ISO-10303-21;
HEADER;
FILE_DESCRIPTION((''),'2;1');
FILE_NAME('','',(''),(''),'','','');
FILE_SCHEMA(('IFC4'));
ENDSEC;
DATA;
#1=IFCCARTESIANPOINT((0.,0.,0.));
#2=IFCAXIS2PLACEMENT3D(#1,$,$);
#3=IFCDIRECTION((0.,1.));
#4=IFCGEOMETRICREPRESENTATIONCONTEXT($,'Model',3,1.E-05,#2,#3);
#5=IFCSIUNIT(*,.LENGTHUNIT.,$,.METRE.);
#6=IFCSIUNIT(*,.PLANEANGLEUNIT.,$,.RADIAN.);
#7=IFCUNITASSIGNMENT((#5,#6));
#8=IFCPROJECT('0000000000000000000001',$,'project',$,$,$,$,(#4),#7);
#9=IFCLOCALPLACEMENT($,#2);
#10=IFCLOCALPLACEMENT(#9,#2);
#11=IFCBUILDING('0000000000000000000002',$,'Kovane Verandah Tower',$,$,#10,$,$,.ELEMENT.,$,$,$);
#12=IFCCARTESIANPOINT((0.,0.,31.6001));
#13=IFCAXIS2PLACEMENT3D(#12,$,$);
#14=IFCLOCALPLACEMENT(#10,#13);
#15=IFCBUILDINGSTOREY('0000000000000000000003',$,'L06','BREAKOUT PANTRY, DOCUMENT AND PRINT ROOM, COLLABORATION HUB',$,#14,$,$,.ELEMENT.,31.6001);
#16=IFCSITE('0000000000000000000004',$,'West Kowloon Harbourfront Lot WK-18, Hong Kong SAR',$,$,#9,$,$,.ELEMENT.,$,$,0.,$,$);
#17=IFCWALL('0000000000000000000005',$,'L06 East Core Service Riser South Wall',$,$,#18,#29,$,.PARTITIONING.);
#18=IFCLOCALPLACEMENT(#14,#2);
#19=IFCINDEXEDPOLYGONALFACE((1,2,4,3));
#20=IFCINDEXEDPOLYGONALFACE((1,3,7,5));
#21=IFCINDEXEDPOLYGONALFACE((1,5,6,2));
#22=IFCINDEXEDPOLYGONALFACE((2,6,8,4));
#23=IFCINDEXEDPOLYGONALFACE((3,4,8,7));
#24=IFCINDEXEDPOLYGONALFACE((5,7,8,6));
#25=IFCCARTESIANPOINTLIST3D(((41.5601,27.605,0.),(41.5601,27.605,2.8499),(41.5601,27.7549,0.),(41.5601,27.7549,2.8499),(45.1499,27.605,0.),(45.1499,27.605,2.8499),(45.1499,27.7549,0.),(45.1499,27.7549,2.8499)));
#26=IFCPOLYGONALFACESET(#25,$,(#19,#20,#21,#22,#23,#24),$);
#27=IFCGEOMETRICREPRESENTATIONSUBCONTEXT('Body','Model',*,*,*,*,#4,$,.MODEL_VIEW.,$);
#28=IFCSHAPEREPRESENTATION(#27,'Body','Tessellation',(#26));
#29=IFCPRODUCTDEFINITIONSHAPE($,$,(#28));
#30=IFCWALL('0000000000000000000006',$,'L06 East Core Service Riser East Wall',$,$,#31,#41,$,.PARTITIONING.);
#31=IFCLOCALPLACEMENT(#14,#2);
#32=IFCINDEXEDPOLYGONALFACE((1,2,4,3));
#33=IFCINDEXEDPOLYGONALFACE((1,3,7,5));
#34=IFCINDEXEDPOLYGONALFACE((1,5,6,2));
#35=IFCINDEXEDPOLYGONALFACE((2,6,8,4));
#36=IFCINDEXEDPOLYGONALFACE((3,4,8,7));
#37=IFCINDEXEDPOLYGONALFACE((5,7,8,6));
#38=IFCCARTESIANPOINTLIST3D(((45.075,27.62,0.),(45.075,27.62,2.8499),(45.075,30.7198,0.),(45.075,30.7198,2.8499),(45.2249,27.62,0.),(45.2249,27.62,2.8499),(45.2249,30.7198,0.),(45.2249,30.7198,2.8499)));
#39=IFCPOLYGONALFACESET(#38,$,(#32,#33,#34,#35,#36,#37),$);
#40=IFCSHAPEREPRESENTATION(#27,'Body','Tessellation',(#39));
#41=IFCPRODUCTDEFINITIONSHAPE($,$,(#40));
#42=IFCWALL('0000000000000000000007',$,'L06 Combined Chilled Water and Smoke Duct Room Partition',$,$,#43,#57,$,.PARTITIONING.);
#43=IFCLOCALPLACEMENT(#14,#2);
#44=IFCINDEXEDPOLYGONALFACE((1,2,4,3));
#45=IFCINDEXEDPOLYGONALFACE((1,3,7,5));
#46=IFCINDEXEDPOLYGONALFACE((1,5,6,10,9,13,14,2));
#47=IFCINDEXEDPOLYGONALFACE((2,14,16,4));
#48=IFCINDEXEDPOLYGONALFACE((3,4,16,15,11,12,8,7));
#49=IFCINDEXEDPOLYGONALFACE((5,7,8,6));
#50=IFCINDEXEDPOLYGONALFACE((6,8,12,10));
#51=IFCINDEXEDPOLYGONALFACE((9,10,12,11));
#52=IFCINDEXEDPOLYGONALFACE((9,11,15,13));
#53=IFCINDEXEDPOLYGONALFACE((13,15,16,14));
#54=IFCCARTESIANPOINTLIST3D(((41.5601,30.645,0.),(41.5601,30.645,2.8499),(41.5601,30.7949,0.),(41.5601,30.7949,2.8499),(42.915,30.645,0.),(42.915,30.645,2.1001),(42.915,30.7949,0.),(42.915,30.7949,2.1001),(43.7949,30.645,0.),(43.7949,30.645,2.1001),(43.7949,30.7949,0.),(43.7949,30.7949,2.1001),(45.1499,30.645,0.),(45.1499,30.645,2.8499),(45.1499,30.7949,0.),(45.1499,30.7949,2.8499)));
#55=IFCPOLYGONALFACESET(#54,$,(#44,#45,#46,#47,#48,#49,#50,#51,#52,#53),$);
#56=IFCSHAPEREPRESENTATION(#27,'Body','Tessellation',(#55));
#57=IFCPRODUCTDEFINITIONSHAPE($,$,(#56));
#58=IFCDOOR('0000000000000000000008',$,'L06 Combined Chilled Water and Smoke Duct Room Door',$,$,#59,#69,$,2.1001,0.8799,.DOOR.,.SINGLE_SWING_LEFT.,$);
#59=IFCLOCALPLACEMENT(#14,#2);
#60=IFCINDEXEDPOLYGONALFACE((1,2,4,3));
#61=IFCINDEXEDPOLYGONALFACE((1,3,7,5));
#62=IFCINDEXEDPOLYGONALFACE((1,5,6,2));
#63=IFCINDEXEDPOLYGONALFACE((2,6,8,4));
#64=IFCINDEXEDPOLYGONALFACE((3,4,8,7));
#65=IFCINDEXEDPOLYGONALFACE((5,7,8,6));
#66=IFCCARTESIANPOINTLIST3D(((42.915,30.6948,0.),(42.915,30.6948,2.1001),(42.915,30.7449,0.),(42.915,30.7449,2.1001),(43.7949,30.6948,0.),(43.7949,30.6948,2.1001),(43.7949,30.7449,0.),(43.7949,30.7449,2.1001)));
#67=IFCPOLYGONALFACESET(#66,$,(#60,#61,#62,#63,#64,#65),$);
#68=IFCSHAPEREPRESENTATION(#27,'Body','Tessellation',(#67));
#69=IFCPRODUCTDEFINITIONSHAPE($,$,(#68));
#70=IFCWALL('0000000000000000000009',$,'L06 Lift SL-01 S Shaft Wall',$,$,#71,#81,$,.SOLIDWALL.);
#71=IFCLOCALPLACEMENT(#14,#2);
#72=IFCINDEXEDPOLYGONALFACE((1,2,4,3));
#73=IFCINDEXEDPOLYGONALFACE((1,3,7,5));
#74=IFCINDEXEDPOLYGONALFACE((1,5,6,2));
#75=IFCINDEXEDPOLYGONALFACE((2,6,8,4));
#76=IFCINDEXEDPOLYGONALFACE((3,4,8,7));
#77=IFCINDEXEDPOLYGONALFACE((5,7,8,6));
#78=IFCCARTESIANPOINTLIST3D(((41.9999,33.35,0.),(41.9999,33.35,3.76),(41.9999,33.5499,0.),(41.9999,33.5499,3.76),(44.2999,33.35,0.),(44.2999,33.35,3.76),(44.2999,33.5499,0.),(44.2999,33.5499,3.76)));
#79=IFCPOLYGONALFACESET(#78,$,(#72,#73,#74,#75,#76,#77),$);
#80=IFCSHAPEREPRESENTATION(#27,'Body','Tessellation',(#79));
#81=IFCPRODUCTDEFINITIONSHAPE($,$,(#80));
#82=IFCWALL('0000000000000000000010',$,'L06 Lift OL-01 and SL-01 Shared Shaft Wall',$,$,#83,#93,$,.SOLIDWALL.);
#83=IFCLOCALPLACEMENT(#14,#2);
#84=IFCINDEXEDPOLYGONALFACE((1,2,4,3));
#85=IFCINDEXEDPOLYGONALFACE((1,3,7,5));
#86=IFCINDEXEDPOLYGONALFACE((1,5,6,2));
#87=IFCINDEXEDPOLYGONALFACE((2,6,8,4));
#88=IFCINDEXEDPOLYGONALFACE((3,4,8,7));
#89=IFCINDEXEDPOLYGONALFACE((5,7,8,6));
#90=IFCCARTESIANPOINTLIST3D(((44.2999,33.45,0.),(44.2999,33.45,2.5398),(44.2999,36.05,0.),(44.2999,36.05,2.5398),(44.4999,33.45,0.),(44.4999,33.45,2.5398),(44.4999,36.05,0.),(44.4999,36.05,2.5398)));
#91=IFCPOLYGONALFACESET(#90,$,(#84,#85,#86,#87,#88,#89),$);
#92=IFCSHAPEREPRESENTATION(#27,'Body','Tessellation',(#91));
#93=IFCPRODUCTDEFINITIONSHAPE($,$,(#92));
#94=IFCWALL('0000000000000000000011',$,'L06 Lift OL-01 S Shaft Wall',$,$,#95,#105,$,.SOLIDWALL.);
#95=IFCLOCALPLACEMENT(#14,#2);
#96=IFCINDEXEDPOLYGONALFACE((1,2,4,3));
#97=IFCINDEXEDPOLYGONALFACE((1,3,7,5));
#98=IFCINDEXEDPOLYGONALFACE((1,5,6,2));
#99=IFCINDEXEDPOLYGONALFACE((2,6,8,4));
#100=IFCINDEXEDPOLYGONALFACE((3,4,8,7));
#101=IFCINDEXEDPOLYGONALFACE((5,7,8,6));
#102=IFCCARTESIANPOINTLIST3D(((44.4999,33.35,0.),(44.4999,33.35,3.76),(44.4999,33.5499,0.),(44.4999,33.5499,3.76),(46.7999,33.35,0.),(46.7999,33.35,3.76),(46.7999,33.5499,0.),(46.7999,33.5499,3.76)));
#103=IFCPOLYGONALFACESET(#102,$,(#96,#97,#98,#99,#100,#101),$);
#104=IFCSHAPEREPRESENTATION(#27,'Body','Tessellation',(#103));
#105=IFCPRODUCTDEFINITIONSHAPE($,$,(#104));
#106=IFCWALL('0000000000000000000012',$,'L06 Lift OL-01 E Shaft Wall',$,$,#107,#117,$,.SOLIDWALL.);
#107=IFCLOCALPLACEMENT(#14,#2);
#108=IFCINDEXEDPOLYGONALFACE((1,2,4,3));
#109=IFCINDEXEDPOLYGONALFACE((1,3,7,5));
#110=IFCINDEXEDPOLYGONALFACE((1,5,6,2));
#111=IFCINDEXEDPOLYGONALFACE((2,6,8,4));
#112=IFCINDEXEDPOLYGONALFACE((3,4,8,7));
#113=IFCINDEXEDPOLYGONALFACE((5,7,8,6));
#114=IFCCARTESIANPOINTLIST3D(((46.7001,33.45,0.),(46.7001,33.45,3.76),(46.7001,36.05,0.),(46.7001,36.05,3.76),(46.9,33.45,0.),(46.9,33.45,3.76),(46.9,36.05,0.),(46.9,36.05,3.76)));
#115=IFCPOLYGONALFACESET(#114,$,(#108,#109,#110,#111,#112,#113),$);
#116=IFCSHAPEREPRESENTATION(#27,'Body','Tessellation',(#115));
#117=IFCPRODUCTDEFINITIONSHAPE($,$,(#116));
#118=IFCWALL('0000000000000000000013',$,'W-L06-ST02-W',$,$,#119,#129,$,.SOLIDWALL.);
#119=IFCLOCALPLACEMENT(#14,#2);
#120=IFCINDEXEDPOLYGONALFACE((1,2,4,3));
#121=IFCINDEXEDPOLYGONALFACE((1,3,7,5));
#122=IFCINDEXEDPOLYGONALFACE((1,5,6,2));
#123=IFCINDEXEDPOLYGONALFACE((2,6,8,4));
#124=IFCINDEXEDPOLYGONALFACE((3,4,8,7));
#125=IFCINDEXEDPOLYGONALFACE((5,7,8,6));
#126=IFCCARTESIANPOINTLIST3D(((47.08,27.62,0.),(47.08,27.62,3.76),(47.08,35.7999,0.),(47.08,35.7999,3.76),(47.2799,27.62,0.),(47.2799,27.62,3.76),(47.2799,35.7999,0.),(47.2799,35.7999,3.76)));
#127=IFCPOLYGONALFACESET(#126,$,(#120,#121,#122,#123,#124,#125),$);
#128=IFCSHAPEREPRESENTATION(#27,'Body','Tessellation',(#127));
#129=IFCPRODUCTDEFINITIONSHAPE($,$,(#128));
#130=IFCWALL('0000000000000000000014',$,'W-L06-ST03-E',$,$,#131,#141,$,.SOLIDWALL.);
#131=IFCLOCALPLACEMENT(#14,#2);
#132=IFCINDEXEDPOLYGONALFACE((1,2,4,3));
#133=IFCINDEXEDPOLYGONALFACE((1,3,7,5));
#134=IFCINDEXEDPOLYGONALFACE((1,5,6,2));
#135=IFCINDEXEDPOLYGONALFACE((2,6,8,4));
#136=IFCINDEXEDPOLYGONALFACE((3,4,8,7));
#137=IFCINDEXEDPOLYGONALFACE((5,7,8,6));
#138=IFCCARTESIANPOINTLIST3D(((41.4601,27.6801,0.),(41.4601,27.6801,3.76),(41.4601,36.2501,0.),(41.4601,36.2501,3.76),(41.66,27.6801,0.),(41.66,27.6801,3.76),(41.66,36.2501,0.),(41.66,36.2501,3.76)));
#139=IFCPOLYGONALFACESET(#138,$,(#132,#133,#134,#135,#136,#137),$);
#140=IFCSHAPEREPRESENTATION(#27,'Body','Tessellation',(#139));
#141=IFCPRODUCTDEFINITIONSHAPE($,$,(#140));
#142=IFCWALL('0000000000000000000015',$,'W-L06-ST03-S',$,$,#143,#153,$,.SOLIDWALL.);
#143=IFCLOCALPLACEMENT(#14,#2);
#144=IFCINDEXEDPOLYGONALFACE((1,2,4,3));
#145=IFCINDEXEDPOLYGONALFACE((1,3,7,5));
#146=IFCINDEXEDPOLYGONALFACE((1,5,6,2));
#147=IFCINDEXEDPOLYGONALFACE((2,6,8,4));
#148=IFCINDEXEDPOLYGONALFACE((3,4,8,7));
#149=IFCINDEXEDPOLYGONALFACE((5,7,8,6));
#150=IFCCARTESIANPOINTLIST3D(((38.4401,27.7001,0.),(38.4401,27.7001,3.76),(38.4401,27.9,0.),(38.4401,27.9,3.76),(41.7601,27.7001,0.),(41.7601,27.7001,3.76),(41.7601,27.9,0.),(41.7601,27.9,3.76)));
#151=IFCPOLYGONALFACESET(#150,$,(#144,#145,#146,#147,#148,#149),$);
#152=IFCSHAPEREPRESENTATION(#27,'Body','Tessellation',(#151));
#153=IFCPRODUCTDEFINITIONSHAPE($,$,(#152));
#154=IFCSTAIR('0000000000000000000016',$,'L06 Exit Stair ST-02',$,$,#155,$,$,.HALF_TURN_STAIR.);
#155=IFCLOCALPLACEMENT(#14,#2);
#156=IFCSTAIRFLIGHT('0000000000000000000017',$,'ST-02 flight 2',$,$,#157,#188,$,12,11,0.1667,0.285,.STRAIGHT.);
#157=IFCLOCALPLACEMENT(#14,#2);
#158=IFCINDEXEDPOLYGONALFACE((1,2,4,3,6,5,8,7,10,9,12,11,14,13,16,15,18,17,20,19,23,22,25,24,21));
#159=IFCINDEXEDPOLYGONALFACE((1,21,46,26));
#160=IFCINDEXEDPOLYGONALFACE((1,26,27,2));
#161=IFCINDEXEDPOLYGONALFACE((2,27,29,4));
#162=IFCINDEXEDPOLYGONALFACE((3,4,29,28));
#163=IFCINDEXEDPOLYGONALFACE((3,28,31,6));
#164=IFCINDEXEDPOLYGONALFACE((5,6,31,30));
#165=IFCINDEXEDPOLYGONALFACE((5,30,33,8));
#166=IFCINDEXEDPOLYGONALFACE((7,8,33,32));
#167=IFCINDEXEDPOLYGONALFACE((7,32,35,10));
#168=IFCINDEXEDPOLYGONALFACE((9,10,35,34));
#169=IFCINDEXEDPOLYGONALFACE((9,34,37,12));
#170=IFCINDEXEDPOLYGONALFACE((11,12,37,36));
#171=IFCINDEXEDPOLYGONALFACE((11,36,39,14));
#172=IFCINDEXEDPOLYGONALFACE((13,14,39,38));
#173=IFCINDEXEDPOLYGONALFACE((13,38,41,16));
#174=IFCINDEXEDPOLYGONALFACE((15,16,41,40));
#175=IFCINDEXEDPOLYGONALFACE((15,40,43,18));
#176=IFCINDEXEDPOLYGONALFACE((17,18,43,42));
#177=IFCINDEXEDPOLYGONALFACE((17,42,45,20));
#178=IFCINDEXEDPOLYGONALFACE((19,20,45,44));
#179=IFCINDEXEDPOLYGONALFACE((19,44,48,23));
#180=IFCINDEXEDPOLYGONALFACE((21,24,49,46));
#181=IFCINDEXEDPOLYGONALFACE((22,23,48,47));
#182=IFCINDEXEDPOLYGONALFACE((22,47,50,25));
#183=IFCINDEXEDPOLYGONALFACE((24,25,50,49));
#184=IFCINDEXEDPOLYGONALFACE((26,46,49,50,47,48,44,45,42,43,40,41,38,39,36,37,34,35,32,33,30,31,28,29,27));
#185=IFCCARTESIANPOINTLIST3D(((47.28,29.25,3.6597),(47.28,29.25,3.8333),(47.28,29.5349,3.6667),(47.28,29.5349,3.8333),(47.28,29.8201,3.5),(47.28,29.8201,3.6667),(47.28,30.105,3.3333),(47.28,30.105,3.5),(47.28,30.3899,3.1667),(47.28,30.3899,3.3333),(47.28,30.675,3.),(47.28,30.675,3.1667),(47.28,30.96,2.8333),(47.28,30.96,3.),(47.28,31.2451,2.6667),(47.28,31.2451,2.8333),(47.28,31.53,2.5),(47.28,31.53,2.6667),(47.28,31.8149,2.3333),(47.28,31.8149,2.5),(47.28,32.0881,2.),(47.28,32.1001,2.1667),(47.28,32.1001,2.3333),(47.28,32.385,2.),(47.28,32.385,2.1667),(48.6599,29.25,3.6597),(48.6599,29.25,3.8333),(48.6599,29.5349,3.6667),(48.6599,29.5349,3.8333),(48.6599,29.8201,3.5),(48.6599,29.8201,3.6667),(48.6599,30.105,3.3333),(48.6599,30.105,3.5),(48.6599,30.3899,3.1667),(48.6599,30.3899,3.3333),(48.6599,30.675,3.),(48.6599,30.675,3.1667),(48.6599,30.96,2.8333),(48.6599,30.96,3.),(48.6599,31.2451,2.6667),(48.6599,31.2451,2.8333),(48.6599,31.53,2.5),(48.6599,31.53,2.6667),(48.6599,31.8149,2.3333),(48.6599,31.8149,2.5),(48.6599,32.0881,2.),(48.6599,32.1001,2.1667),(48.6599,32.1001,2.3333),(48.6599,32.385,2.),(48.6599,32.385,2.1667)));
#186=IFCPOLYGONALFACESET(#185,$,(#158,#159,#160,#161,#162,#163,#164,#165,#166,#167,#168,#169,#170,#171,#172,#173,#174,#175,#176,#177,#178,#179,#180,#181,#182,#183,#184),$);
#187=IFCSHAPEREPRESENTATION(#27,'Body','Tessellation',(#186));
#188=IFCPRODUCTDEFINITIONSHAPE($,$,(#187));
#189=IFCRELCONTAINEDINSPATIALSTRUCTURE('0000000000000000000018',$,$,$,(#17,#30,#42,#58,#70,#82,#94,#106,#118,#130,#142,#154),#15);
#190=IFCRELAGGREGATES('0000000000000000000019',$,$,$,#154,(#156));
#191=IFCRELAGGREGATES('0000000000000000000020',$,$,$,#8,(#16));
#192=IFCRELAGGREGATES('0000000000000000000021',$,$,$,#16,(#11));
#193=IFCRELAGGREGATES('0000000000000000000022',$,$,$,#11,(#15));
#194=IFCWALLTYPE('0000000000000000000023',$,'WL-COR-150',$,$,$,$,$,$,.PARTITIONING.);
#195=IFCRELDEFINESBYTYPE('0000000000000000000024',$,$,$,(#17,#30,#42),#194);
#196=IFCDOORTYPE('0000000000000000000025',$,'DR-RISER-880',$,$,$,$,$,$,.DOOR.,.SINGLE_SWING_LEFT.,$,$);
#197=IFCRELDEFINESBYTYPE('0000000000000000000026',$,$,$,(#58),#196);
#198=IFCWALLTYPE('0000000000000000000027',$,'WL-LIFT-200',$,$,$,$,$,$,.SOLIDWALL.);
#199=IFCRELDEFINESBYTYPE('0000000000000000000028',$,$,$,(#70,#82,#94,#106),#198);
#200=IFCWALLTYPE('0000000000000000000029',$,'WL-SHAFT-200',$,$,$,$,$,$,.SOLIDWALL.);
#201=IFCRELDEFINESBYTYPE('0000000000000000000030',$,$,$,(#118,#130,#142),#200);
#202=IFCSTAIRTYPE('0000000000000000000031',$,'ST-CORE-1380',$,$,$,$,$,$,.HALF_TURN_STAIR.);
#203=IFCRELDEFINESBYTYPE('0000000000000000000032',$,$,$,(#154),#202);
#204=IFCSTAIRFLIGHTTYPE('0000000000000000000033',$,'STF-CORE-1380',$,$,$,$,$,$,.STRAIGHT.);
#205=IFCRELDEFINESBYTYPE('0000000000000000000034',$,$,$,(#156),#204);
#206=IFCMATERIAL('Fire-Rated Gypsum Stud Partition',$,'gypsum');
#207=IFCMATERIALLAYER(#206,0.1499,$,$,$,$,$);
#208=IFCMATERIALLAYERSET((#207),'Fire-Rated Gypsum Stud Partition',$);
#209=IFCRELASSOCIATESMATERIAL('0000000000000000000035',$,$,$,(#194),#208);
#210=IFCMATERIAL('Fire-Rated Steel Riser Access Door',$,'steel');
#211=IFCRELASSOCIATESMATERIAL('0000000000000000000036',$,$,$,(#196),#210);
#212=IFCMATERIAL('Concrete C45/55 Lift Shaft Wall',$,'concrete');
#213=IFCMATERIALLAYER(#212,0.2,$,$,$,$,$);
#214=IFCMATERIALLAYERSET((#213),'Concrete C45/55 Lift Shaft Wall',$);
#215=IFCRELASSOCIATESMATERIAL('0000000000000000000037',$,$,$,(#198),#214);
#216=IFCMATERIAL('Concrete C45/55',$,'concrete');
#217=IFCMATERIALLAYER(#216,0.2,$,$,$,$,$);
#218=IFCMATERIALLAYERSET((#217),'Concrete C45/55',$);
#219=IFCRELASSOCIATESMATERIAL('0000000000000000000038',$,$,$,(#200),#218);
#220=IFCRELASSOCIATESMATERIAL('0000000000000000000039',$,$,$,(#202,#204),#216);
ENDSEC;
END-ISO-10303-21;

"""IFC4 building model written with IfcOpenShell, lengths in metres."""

from ifc_helpers import new_model, si_unit, direction, frame, frame_2d, origin, place, context, subcontext, project, spatial, polyline, rectangle, outline, extrude, material, layer, layer_set, type_object, element, fill, aggregate, save


model = new_model("IFC4")

# Units and contexts
model_context = context("Model", 3, precision=1e-05, world=origin(), true_north=direction((0.0, 1.0)))
body_context = subcontext(model_context, "Body", "Model", "MODEL_VIEW")
ifc_project = project(units=[si_unit("LENGTHUNIT", "METRE"), si_unit("PLANEANGLEUNIT", "RADIAN")], contexts=[model_context])

# Site, building, storey
site_placement = place(None, origin())
site = spatial("IfcSite", under=ifc_project, at=site_placement, Name="West Kowloon Harbourfront Lot WK-18, Hong Kong SAR", CompositionType="ELEMENT", RefElevation=0.0)
building_placement = place(site_placement, origin())
building = spatial("IfcBuilding", under=site, at=building_placement, Name="Kovane Verandah Tower", CompositionType="ELEMENT")
storey_placement = place(building_placement, frame((0.0, 0.0, 31.6001)))
storey = spatial("IfcBuildingStorey", under=building, at=storey_placement, Name="L06", Description="BREAKOUT PANTRY, DOCUMENT AND PRINT ROOM, COLLABORATION HUB", CompositionType="ELEMENT", Elevation=31.6001)

# Walls
ifc_material_1 = material(Name="Fire-Rated Gypsum Stud Partition", Category="gypsum")
ifc_layer_1 = layer(ifc_material_1, 0.1499)
ifc_layer_set_1 = layer_set([ifc_layer_1], Name="Fire-Rated Gypsum Stud Partition")
wall_type_1 = type_object("IfcWallType", Name="WL-COR-150", PredefinedType="PARTITIONING", material=ifc_layer_set_1)
wall_1_placement = place(storey_placement, frame((41.5601, 27.6799, 0.0), z_axis=(0.0, 0.0, 1.0), x_axis=(1.0, 0.0, 0.0)))
element("IfcWall", 1, at=wall_1_placement, inside=storey, type_object=wall_type_1, Name="L06 East Core Service Riser South Wall", PredefinedType="PARTITIONING", context=body_context, shape_type="SweptSolid", body=[
    extrude(rectangle(XDim=3.5898, YDim=0.1499, at=frame_2d((1.7949, 0.0))), origin(), (0.0, 0.0, 1.0), 2.8499),
])
wall_2_placement = place(storey_placement, frame((45.1499, 27.6201, 0.0), z_axis=(0.0, 0.0, 1.0), x_axis=(0.0, 1.0, 0.0)))
element("IfcWall", 2, at=wall_2_placement, inside=storey, type_object=wall_type_1, Name="L06 East Core Service Riser East Wall", PredefinedType="PARTITIONING", context=body_context, shape_type="SweptSolid", body=[
    extrude(rectangle(XDim=3.0999, YDim=0.1499, at=frame_2d((1.5498, 0.0))), origin(), (0.0, 0.0, 1.0), 2.8499),
])

# Wall, opening, door
wall_3_placement = place(storey_placement, frame((41.5601, 30.72, 0.0), z_axis=(0.0, 0.0, 1.0), x_axis=(1.0, 0.0, 0.0)))
wall_3 = element("IfcWall", 3, at=wall_3_placement, inside=storey, type_object=wall_type_1, Name="L06 Combined Chilled Water and Smoke Duct Room Partition", PredefinedType="PARTITIONING", context=body_context, shape_type="SweptSolid", body=[
    extrude(rectangle(XDim=3.5898, YDim=0.1499, at=frame_2d((1.7949, 0.0))), origin(), (0.0, 0.0, 1.0), 2.8499),
])
opening_1_placement = place(wall_3_placement, frame((1.355, 0.0, 0.0)))
opening_1 = element("IfcOpeningElement", 4, at=opening_1_placement, cuts=wall_3, PredefinedType="OPENING", context=body_context, shape_type="SweptSolid", body=[
    extrude(rectangle(XDim=0.8799, YDim=2.1001, at=frame_2d((0.4399, 1.05))), frame((0.0, 0.075, 0.0), z_axis=(0.0, -1.0, 0.0), x_axis=(1.0, 0.0, 0.0)), (0.0, 0.0, 1.0), 0.1499),
])
ifc_material_2 = material(Name="Fire-Rated Steel Riser Access Door", Category="steel")
door_type_1 = type_object("IfcDoorType", Name="DR-RISER-880", OperationType="SINGLE_SWING_LEFT", PredefinedType="DOOR", material=ifc_material_2)
door_1_placement = place(opening_1_placement, origin())
door_1 = element("IfcDoor", 5, at=door_1_placement, inside=storey, type_object=door_type_1, Name="L06 Combined Chilled Water and Smoke Duct Room Door", OperationType="SINGLE_SWING_LEFT", OverallHeight=2.1001, OverallWidth=0.8799, PredefinedType="DOOR", context=body_context, shape_type="SweptSolid", body=[
    extrude(rectangle(XDim=0.8799, YDim=2.1001, at=frame_2d((0.4399, 1.05))), frame((0.0, 0.0249, 0.0), z_axis=(0.0, -1.0, 0.0), x_axis=(1.0, 0.0, 0.0)), (0.0, 0.0, 1.0), 0.05),
])
fill(opening_1, door_1)

# Walls
ifc_material_3 = material(Name="Concrete C45/55 Lift Shaft Wall", Category="concrete")
ifc_layer_2 = layer(ifc_material_3, 0.2)
ifc_layer_set_2 = layer_set([ifc_layer_2], Name="Concrete C45/55 Lift Shaft Wall")
wall_type_2 = type_object("IfcWallType", Name="WL-LIFT-200", PredefinedType="SOLIDWALL", material=ifc_layer_set_2)
wall_4_placement = place(storey_placement, frame((42.0, 33.45, 0.0), z_axis=(0.0, 0.0, 1.0), x_axis=(1.0, 0.0, 0.0)))
element("IfcWall", 6, at=wall_4_placement, inside=storey, type_object=wall_type_2, Name="L06 Lift SL-01 S Shaft Wall", PredefinedType="SOLIDWALL", context=body_context, shape_type="SweptSolid", body=[
    extrude(rectangle(XDim=2.3, YDim=0.2, at=frame_2d((1.1499, 0.0))), origin(), (0.0, 0.0, 1.0), 3.76),
])
wall_5_placement = place(storey_placement, frame((44.3999, 33.45, 0.0), z_axis=(0.0, 0.0, 1.0), x_axis=(0.0, 1.0, 0.0)))
element("IfcWall", 7, at=wall_5_placement, inside=storey, type_object=wall_type_2, Name="L06 Lift OL-01 and SL-01 Shared Shaft Wall", PredefinedType="SOLIDWALL", context=body_context, shape_type="SweptSolid", body=[
    extrude(rectangle(XDim=2.6001, YDim=0.2, at=frame_2d((1.3, 0.0))), origin(), (0.0, 0.0, 1.0), 2.5398),
])
wall_6_placement = place(storey_placement, frame((44.5, 33.45, 0.0), z_axis=(0.0, 0.0, 1.0), x_axis=(1.0, 0.0, 0.0)))
element("IfcWall", 8, at=wall_6_placement, inside=storey, type_object=wall_type_2, Name="L06 Lift OL-01 S Shaft Wall", PredefinedType="SOLIDWALL", context=body_context, shape_type="SweptSolid", body=[
    extrude(rectangle(XDim=2.3, YDim=0.2, at=frame_2d((1.1499, 0.0))), origin(), (0.0, 0.0, 1.0), 3.76),
])
wall_7_placement = place(storey_placement, frame((46.8, 33.45, 0.0), z_axis=(0.0, 0.0, 1.0), x_axis=(0.0, 1.0, 0.0)))
element("IfcWall", 9, at=wall_7_placement, inside=storey, type_object=wall_type_2, Name="L06 Lift OL-01 E Shaft Wall", PredefinedType="SOLIDWALL", context=body_context, shape_type="SweptSolid", body=[
    extrude(rectangle(XDim=2.6001, YDim=0.2, at=frame_2d((1.3, 0.0))), origin(), (0.0, 0.0, 1.0), 3.76),
])
ifc_material_4 = material(Name="Concrete C45/55", Category="concrete")
ifc_layer_3 = layer(ifc_material_4, 0.2)
ifc_layer_set_3 = layer_set([ifc_layer_3], Name="Concrete C45/55")
wall_type_3 = type_object("IfcWallType", Name="WL-SHAFT-200", PredefinedType="SOLIDWALL", material=ifc_layer_set_3)
wall_8_placement = place(storey_placement, frame((47.1799, 27.6201, 0.0), z_axis=(0.0, 0.0, 1.0), x_axis=(0.0, 1.0, 0.0)))
element("IfcWall", 10, at=wall_8_placement, inside=storey, type_object=wall_type_3, Name="W-L06-ST02-W", PredefinedType="SOLIDWALL", context=body_context, shape_type="SweptSolid", body=[
    extrude(rectangle(XDim=8.1799, YDim=0.2, at=frame_2d((4.0898, 0.0))), origin(), (0.0, 0.0, 1.0), 3.76),
])

# Walls
wall_9_placement = place(storey_placement, frame((41.5601, 27.6799, 0.0), z_axis=(0.0, 0.0, 1.0), x_axis=(0.0, 1.0, 0.0)))
element("IfcWall", 11, at=wall_9_placement, inside=storey, type_object=wall_type_3, Name="W-L06-ST03-E", PredefinedType="SOLIDWALL", context=body_context, shape_type="SweptSolid", body=[
    extrude(rectangle(XDim=8.5701, YDim=0.2, at=frame_2d((4.2852, 0.0))), origin(), (0.0, 0.0, 1.0), 3.76),
])
wall_10_placement = place(storey_placement, frame((38.4399, 27.8, 0.0), z_axis=(0.0, 0.0, 1.0), x_axis=(1.0, 0.0, 0.0)))
element("IfcWall", 12, at=wall_10_placement, inside=storey, type_object=wall_type_3, Name="W-L06-ST03-S", PredefinedType="SOLIDWALL", context=body_context, shape_type="SweptSolid", body=[
    extrude(rectangle(XDim=3.3201, YDim=0.2, at=frame_2d((1.6602, 0.0))), origin(), (0.0, 0.0, 1.0), 3.76),
])

# Stair, stair flight
stair_type = type_object("IfcStairType", Name="ST-CORE-1380", PredefinedType="HALF_TURN_STAIR", material=ifc_material_4)
stair_1_placement = place(storey_placement, origin())
stair_1 = element("IfcStair", 13, at=stair_1_placement, inside=storey, type_object=stair_type, Name="L06 Exit Stair ST-02", PredefinedType="HALF_TURN_STAIR")
stair_flight_type = type_object("IfcStairFlightType", Name="STF-CORE-1380", PredefinedType="STRAIGHT", material=ifc_material_4)
stair_flight_1_placement = place(storey_placement, frame((47.97, 32.385, 2.0), z_axis=(0.0, 0.0, 1.0), x_axis=(0.0, -1.0, 0.0)))
stair_flight_1 = element("IfcStairFlight", 14, at=stair_flight_1_placement, type_object=stair_flight_type, Name="ST-02 flight 2", NumberOfRisers=12, NumberOfTreads=11, PredefinedType="STRAIGHT", RiserHeight=0.1667, TreadLength=0.285, context=body_context, shape_type="SweptSolid", body=[
    extrude(outline(polyline([(0.0, 0.0), (0.0, 0.1667), (0.2849, 0.1667), (0.2849, 0.3333), (0.5701, 0.3333), (0.5701, 0.5), (0.855, 0.5), (0.855, 0.6667), (1.1399, 0.6667), (1.1399, 0.8333), (1.425, 0.8333), (1.425, 1.0), (1.71, 1.0), (1.71, 1.1667), (1.9951, 1.1667), (1.9951, 1.3333), (2.28, 1.3333), (2.28, 1.5), (2.5649, 1.5), (2.5649, 1.6667), (2.8501, 1.6667), (2.8501, 1.8333), (3.135, 1.8333), (3.135, 2.0), (3.135, 1.6597), (0.2969, 0.0), (0.0, 0.0)])), frame((0.0, 0.6899, 0.0), z_axis=(0.0, -1.0, 0.0), x_axis=(1.0, 0.0, 0.0)), (0.0, 0.0, 1.0), 1.3799),
])
aggregate(stair_1, [stair_flight_1])

save(model, "model.ifc")
